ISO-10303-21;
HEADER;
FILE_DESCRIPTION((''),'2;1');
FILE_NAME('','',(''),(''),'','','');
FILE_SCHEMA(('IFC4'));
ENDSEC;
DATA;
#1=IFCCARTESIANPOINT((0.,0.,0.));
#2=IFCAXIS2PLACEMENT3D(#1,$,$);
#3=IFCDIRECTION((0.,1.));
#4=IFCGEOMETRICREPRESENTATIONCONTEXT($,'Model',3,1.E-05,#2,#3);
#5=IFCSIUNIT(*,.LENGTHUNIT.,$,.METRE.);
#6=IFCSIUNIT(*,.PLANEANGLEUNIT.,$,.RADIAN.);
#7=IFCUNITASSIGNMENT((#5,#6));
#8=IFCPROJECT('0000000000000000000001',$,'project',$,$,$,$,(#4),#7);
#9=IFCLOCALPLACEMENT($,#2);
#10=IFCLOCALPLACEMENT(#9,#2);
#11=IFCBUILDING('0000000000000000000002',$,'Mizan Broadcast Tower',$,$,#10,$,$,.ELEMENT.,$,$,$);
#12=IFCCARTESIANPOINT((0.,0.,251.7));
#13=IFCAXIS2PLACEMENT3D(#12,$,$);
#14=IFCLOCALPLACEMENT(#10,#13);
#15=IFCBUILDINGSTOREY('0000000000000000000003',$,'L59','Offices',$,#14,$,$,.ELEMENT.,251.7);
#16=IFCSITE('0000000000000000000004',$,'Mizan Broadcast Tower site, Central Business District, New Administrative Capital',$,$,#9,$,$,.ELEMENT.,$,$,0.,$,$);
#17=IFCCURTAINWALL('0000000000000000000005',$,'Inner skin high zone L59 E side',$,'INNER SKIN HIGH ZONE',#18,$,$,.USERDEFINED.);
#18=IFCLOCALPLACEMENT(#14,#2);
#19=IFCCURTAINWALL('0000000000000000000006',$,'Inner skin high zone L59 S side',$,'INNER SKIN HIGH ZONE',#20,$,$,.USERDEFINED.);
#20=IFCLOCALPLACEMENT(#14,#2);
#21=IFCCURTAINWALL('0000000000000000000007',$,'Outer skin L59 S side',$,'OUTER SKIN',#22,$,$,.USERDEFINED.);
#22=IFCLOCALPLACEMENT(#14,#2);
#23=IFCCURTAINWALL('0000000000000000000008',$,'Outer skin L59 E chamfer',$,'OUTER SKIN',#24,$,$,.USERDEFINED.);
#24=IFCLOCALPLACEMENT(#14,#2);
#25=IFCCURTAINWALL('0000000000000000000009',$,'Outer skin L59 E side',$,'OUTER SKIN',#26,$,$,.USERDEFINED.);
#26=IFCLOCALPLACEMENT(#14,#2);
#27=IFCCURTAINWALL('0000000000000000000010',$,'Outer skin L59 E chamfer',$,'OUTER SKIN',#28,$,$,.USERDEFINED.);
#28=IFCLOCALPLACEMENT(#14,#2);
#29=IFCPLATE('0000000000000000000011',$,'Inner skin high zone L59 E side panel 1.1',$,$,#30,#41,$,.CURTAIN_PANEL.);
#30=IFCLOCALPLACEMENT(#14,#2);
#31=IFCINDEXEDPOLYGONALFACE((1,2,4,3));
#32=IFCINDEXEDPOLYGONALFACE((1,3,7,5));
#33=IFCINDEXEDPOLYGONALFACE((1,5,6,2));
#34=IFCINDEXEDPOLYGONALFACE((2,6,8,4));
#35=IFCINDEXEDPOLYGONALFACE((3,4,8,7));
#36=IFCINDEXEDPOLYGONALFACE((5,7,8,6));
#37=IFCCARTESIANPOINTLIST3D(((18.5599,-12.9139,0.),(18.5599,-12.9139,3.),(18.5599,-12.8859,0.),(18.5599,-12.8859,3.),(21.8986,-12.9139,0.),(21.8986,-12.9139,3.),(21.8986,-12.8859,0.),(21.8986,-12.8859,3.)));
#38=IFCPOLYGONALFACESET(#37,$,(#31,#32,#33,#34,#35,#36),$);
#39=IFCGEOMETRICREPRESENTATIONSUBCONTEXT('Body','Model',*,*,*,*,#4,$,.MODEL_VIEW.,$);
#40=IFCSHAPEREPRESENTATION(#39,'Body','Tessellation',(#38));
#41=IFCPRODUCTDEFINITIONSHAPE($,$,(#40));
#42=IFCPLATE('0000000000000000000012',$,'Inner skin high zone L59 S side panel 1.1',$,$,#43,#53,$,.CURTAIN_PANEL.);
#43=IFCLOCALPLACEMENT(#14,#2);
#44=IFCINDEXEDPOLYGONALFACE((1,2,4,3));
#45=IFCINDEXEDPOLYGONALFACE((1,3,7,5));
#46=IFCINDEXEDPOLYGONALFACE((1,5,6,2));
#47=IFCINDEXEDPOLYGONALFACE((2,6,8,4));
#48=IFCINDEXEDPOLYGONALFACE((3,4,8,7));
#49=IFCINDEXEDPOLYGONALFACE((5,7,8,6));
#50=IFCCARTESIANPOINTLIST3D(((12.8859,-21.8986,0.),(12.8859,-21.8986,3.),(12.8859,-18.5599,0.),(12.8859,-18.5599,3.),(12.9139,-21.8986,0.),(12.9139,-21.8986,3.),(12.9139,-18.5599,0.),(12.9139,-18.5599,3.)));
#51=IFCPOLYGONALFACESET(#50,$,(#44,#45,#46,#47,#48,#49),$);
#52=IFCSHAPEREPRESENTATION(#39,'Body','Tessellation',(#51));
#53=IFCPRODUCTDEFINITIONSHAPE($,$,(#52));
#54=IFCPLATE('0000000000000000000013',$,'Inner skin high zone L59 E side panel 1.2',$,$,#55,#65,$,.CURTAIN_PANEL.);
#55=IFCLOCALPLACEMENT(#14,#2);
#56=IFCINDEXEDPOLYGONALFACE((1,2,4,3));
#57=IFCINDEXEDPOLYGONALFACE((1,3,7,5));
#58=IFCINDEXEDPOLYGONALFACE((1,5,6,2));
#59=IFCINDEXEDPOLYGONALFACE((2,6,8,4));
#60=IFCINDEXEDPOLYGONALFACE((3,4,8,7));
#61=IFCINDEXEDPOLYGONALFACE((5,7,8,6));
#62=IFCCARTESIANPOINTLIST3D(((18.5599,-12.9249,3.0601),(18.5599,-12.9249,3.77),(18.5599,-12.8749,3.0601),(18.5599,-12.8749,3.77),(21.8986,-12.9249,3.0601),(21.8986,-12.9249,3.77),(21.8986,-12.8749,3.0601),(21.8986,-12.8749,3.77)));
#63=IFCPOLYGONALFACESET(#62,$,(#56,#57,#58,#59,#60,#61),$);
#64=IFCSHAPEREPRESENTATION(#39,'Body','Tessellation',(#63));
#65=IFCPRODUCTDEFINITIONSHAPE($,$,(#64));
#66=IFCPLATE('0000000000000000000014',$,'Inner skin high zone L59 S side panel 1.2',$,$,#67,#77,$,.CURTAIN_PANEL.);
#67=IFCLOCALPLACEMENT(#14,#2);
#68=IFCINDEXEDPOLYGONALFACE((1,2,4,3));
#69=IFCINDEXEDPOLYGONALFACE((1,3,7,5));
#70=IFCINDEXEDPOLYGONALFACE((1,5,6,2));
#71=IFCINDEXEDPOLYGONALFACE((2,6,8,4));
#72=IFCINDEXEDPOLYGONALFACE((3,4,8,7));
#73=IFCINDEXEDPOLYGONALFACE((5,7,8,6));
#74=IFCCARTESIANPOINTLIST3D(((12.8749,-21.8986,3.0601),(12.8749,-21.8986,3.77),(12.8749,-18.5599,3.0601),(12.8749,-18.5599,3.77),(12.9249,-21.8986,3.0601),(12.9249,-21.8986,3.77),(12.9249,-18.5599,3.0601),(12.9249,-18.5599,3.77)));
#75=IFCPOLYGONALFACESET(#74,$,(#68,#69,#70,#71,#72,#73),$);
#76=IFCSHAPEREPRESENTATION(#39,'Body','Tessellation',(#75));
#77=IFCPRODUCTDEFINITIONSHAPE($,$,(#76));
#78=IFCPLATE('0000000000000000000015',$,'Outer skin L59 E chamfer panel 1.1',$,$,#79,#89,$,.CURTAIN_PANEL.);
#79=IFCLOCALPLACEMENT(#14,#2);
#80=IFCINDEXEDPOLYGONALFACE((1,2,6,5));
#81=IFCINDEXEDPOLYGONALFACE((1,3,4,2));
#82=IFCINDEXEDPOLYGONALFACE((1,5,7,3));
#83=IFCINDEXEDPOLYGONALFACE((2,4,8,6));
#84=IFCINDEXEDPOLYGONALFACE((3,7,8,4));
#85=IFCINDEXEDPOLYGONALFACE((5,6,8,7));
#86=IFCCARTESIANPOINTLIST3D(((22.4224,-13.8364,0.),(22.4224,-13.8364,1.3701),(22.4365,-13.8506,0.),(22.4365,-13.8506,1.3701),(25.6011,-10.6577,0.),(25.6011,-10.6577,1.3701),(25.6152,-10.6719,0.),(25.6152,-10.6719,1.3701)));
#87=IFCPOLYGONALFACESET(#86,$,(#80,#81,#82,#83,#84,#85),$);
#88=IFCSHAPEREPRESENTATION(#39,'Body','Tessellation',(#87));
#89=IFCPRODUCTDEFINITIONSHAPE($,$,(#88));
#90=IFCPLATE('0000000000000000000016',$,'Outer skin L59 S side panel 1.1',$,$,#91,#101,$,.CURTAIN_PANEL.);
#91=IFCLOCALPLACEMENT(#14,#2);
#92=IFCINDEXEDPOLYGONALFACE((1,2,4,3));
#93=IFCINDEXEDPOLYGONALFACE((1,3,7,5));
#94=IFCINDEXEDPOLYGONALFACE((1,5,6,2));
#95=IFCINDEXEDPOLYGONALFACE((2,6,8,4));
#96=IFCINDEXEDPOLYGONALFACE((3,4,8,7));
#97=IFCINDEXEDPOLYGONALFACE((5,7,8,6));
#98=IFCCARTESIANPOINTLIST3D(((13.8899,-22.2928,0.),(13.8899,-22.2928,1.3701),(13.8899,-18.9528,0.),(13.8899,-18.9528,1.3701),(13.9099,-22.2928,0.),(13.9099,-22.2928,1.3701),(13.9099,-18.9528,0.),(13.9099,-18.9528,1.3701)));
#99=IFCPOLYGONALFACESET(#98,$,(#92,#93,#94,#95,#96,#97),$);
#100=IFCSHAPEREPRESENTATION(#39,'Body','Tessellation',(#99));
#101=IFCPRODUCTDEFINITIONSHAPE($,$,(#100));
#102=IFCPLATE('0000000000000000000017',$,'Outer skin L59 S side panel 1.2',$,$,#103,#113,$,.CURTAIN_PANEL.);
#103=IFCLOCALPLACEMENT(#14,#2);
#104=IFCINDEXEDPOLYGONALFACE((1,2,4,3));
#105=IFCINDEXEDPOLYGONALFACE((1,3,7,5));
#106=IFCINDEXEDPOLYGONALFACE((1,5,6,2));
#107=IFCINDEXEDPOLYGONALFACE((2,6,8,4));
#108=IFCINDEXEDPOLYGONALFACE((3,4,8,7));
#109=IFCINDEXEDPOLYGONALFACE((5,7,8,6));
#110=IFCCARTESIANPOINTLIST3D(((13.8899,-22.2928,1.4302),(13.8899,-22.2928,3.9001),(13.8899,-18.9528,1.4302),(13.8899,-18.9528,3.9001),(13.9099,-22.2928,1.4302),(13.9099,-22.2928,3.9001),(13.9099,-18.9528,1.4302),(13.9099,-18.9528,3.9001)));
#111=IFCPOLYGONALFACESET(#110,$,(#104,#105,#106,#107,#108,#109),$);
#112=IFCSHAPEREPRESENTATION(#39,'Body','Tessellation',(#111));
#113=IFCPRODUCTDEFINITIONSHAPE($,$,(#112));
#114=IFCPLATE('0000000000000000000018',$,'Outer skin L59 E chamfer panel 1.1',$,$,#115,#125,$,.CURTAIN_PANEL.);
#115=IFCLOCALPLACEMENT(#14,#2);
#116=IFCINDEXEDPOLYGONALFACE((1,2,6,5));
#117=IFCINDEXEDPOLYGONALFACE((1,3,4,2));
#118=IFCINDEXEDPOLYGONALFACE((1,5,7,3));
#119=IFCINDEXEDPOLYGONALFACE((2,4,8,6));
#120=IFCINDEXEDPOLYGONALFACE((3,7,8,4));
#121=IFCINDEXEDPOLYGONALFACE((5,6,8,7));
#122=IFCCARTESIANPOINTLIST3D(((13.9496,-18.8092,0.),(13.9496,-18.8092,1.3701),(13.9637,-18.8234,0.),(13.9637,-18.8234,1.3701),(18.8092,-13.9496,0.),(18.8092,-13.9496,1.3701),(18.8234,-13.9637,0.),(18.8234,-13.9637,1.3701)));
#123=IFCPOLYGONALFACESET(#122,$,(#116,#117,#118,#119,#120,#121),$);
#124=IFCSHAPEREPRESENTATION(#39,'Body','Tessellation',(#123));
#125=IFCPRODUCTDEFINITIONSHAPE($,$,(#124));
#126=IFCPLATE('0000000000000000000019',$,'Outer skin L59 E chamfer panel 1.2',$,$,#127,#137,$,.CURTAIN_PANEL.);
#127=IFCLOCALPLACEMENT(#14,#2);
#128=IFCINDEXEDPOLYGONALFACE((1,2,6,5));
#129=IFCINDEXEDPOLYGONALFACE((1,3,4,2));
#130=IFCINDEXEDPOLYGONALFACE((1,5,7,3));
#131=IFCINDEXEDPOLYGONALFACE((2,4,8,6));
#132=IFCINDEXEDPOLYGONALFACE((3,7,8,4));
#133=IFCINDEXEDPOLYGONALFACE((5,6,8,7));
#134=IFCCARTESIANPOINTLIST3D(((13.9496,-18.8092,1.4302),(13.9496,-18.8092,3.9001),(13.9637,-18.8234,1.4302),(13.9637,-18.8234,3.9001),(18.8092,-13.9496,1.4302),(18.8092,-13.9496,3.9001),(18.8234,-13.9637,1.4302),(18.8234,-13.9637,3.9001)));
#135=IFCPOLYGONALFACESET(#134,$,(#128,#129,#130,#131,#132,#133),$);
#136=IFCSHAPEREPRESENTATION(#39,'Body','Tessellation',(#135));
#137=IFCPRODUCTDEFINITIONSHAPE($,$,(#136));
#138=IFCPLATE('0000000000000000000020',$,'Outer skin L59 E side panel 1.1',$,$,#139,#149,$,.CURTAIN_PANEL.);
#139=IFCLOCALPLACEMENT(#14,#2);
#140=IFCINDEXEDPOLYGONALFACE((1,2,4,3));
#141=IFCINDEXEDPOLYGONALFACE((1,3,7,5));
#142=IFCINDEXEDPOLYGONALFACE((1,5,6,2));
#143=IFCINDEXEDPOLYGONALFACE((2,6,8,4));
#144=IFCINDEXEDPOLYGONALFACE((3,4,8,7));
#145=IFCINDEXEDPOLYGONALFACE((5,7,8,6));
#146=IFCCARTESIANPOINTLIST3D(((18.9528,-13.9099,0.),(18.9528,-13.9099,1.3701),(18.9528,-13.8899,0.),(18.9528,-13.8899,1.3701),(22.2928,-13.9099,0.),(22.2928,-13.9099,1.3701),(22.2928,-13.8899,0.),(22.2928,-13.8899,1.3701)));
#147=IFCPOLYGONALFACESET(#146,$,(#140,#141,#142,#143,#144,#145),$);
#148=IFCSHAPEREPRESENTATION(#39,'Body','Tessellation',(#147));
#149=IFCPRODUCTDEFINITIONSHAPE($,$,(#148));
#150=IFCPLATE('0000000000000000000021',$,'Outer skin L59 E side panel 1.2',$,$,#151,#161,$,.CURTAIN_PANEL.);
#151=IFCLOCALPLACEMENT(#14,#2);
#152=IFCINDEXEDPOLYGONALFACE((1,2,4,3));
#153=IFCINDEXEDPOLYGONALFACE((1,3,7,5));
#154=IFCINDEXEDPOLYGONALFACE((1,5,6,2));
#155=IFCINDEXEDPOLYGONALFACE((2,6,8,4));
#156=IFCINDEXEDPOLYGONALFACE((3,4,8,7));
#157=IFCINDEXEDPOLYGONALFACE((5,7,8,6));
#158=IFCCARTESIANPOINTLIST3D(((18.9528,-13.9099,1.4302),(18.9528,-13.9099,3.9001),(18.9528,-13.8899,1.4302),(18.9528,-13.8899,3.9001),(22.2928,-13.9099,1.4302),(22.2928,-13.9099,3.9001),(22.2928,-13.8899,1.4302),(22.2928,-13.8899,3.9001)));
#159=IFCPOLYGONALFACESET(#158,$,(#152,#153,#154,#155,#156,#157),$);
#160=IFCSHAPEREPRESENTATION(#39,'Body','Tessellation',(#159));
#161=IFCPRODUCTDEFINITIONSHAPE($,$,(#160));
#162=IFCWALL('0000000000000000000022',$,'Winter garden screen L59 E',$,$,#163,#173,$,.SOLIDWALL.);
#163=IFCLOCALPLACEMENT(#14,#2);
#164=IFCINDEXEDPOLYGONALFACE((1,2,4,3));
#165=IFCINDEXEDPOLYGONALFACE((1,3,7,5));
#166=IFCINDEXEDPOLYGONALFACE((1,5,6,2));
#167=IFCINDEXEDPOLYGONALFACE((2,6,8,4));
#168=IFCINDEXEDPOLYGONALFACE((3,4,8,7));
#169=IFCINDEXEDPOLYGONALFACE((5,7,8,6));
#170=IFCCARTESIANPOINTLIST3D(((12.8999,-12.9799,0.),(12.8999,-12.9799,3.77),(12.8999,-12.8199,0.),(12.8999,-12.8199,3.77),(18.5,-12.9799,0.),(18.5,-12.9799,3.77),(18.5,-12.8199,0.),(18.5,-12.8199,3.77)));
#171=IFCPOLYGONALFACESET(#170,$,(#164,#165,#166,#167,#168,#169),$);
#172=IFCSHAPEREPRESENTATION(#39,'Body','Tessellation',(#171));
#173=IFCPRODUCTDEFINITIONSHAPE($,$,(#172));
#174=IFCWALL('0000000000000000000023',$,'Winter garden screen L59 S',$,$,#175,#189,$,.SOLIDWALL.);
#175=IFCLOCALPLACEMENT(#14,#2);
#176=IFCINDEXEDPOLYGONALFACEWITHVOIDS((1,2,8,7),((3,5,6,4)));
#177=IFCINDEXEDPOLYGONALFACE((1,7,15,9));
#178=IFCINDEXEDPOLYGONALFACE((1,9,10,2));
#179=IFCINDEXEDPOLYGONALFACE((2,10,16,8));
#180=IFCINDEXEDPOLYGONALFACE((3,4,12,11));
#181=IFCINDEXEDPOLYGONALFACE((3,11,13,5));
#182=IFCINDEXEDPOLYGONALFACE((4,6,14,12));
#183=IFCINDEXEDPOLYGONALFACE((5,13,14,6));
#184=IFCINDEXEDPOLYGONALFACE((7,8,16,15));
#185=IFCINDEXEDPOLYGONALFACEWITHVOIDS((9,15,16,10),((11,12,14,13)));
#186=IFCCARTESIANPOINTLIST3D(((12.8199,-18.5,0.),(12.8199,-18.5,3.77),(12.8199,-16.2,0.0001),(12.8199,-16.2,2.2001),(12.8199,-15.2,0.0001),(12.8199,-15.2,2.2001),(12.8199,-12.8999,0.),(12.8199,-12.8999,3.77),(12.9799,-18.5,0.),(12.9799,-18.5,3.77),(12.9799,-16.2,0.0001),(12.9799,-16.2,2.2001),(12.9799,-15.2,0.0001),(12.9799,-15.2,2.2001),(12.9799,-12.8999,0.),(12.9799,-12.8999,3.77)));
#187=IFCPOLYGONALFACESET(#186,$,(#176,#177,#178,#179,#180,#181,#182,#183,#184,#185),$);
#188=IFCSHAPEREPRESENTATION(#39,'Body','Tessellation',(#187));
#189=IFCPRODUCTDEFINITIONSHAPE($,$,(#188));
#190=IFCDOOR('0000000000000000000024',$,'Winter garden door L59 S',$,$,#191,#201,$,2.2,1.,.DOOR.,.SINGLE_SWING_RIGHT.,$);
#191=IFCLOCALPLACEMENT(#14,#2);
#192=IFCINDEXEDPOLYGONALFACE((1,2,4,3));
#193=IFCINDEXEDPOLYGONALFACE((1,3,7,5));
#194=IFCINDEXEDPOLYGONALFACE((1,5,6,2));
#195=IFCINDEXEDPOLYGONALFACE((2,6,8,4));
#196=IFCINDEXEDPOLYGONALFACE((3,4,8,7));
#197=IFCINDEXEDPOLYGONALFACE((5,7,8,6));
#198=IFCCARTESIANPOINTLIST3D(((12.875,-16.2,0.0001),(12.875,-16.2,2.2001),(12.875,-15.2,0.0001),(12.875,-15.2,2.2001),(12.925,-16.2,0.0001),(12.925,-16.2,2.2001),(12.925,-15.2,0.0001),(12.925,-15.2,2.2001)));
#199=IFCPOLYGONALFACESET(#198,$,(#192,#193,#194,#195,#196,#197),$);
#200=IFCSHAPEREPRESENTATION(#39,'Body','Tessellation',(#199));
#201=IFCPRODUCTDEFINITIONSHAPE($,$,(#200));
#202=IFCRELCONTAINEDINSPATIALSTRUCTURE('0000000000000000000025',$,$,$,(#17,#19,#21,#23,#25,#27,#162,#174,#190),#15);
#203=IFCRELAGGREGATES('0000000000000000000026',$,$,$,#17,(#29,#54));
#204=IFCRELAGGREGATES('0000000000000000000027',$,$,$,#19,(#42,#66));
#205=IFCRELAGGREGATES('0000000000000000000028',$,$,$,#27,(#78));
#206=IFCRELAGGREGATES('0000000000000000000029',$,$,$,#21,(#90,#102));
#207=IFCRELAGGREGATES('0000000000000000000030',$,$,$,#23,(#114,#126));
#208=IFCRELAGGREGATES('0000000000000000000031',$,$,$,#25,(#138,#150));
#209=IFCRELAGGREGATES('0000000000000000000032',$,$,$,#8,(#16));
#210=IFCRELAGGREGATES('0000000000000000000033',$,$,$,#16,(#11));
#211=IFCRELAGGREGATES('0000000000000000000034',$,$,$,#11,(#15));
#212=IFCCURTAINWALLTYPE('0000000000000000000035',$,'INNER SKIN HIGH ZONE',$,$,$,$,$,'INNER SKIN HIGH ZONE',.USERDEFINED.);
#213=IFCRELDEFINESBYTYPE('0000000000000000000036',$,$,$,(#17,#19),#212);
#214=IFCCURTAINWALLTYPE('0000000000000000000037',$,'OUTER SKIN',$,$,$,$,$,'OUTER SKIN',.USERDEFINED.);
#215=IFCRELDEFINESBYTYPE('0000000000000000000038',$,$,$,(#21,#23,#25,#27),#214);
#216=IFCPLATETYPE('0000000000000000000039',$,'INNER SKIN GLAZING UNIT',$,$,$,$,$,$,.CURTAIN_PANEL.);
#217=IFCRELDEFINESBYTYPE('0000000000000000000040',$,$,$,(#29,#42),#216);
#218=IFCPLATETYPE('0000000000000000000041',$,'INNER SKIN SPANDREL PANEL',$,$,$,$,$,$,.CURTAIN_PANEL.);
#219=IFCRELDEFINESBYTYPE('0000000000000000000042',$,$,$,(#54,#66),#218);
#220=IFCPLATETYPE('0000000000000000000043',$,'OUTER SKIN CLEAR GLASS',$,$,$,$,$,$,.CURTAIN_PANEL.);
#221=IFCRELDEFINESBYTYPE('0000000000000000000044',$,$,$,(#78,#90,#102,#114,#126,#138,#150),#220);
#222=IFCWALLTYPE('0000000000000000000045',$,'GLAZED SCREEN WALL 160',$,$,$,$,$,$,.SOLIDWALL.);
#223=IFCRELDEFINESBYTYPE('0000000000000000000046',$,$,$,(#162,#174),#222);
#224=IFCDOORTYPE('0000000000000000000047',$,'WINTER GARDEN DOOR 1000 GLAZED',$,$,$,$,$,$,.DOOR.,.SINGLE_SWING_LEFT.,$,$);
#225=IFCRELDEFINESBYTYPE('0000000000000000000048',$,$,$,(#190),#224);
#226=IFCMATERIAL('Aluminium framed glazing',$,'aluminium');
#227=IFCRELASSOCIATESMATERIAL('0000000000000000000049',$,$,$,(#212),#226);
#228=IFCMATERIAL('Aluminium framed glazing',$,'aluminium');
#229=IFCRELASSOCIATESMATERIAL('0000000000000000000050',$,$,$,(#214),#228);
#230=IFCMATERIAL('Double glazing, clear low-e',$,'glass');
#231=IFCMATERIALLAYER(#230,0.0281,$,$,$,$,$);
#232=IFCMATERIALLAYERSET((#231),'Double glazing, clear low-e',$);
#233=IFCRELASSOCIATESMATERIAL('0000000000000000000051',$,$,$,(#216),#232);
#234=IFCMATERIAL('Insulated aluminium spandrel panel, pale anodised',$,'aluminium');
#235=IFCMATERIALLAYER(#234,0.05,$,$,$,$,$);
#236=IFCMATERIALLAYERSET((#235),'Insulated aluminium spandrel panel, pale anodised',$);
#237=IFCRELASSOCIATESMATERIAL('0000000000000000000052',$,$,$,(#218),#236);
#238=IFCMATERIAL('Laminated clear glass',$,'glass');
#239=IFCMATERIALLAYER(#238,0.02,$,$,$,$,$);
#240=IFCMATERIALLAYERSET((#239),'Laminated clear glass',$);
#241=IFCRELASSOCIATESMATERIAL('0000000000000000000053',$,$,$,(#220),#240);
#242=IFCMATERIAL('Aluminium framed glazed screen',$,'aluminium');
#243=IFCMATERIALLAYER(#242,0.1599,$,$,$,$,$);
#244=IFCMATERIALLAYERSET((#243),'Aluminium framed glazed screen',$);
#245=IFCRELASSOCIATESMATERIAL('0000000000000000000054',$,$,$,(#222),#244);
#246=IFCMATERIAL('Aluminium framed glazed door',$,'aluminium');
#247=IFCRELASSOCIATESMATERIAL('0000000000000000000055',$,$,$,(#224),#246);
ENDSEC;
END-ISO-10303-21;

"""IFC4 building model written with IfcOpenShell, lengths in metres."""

from ifc_helpers import new_model, si_unit, direction, frame, frame_2d, origin, origin_2d, place, context, subcontext, project, spatial, rectangle, extrude, material, layer, layer_set, type_object, element, fill, aggregate, save


model = new_model("IFC4")

# Units and contexts
model_context = context("Model", 3, precision=1e-05, world=origin(), true_north=direction((0.0, 1.0)))
body_context = subcontext(model_context, "Body", "Model", "MODEL_VIEW")
ifc_project = project(units=[si_unit("LENGTHUNIT", "METRE"), si_unit("PLANEANGLEUNIT", "RADIAN")], contexts=[model_context])

# Site, building, storey
site_placement = place(None, origin())
site = spatial("IfcSite", under=ifc_project, at=site_placement, Name="Mizan Broadcast Tower site, Central Business District, New Administrative Capital", CompositionType="ELEMENT", RefElevation=0.0)
building_placement = place(site_placement, origin())
building = spatial("IfcBuilding", under=site, at=building_placement, Name="Mizan Broadcast Tower", CompositionType="ELEMENT")
storey_placement = place(building_placement, frame((0.0, 0.0, 251.7)))
storey = spatial("IfcBuildingStorey", under=building, at=storey_placement, Name="L59", Description="Offices", CompositionType="ELEMENT", Elevation=251.7)

# Curtain walls
ifc_material_1 = material(Name="Aluminium framed glazing", Category="aluminium")
curtain_wall_type_1 = type_object("IfcCurtainWallType", Name="INNER SKIN HIGH ZONE", ElementType="INNER SKIN HIGH ZONE", PredefinedType="USERDEFINED", material=ifc_material_1)
curtain_wall_1_placement = place(storey_placement, origin())
curtain_wall_1 = element("IfcCurtainWall", 1, at=curtain_wall_1_placement, inside=storey, type_object=curtain_wall_type_1, Name="Inner skin high zone L59 E side", ObjectType="INNER SKIN HIGH ZONE", PredefinedType="USERDEFINED")
curtain_wall_2_placement = place(storey_placement, origin())
curtain_wall_2 = element("IfcCurtainWall", 2, at=curtain_wall_2_placement, inside=storey, type_object=curtain_wall_type_1, Name="Inner skin high zone L59 S side", ObjectType="INNER SKIN HIGH ZONE", PredefinedType="USERDEFINED")

# Curtain walls
ifc_material_2 = material(Name="Aluminium framed glazing", Category="aluminium")
curtain_wall_type_2 = type_object("IfcCurtainWallType", Name="OUTER SKIN", ElementType="OUTER SKIN", PredefinedType="USERDEFINED", material=ifc_material_2)
curtain_wall_3_placement = place(storey_placement, origin())
curtain_wall_3 = element("IfcCurtainWall", 3, at=curtain_wall_3_placement, inside=storey, type_object=curtain_wall_type_2, Name="Outer skin L59 S side", ObjectType="OUTER SKIN", PredefinedType="USERDEFINED")
curtain_wall_4_placement = place(storey_placement, origin())
curtain_wall_4 = element("IfcCurtainWall", 4, at=curtain_wall_4_placement, inside=storey, type_object=curtain_wall_type_2, Name="Outer skin L59 E chamfer", ObjectType="OUTER SKIN", PredefinedType="USERDEFINED")
curtain_wall_5_placement = place(storey_placement, origin())
curtain_wall_5 = element("IfcCurtainWall", 5, at=curtain_wall_5_placement, inside=storey, type_object=curtain_wall_type_2, Name="Outer skin L59 E side", ObjectType="OUTER SKIN", PredefinedType="USERDEFINED")
curtain_wall_6_placement = place(storey_placement, origin())
curtain_wall_6 = element("IfcCurtainWall", 6, at=curtain_wall_6_placement, inside=storey, type_object=curtain_wall_type_2, Name="Outer skin L59 E chamfer", ObjectType="OUTER SKIN", PredefinedType="USERDEFINED")

# Plates
ifc_material_3 = material(Name="Double glazing, clear low-e", Category="glass")
ifc_layer_1 = layer(ifc_material_3, 0.0281)
ifc_layer_set_1 = layer_set([ifc_layer_1], Name="Double glazing, clear low-e")
plate_type_1 = type_object("IfcPlateType", Name="INNER SKIN GLAZING UNIT", PredefinedType="CURTAIN_PANEL", material=ifc_layer_set_1)
plate_1_placement = place(storey_placement, frame((20.2292, -12.8999, 0.0), z_axis=(0.0, 0.0, 1.0), x_axis=(1.0, 0.0, 0.0)))
plate_1 = element("IfcPlate", 7, at=plate_1_placement, type_object=plate_type_1, Name="Inner skin high zone L59 E side panel 1.1", PredefinedType="CURTAIN_PANEL", context=body_context, shape_type="SweptSolid", body=[
    extrude(rectangle(XDim=3.3386, YDim=0.0281, at=origin_2d()), origin(), (0.0, 0.0, 1.0), 3.0),
])
plate_2_placement = place(storey_placement, frame((12.8999, -20.2292, 0.0), z_axis=(0.0, 0.0, 1.0), x_axis=(0.0, 1.0, 0.0)))
plate_2 = element("IfcPlate", 8, at=plate_2_placement, type_object=plate_type_1, Name="Inner skin high zone L59 S side panel 1.1", PredefinedType="CURTAIN_PANEL", context=body_context, shape_type="SweptSolid", body=[
    extrude(rectangle(XDim=3.3386, YDim=0.0281, at=origin_2d()), origin(), (0.0, 0.0, 1.0), 3.0),
])
ifc_material_4 = material(Name="Insulated aluminium spandrel panel, pale anodised", Category="aluminium")
ifc_layer_2 = layer(ifc_material_4, 0.05)
ifc_layer_set_2 = layer_set([ifc_layer_2], Name="Insulated aluminium spandrel panel, pale anodised")
plate_type_2 = type_object("IfcPlateType", Name="INNER SKIN SPANDREL PANEL", PredefinedType="CURTAIN_PANEL", material=ifc_layer_set_2)
plate_3_placement = place(storey_placement, frame((20.2292, -12.8999, 3.0601), z_axis=(0.0, 0.0, 1.0), x_axis=(1.0, 0.0, 0.0)))
plate_3 = element("IfcPlate", 9, at=plate_3_placement, type_object=plate_type_2, Name="Inner skin high zone L59 E side panel 1.2", PredefinedType="CURTAIN_PANEL", context=body_context, shape_type="SweptSolid", body=[
    extrude(rectangle(XDim=3.3386, YDim=0.05, at=origin_2d()), origin(), (0.0, 0.0, 1.0), 0.71),
])
aggregate(curtain_wall_1, [plate_1, plate_3])
plate_4_placement = place(storey_placement, frame((12.8999, -20.2292, 3.0601), z_axis=(0.0, 0.0, 1.0), x_axis=(0.0, 1.0, 0.0)))
plate_4 = element("IfcPlate", 10, at=plate_4_placement, type_object=plate_type_2, Name="Inner skin high zone L59 S side panel 1.2", PredefinedType="CURTAIN_PANEL", context=body_context, shape_type="SweptSolid", body=[
    extrude(rectangle(XDim=3.3386, YDim=0.05, at=origin_2d()), origin(), (0.0, 0.0, 1.0), 0.71),
])
aggregate(curtain_wall_2, [plate_2, plate_4])
ifc_material_5 = material(Name="Laminated clear glass", Category="glass")
ifc_layer_3 = layer(ifc_material_5, 0.02)
ifc_layer_set_3 = layer_set([ifc_layer_3], Name="Laminated clear glass")
plate_type_3 = type_object("IfcPlateType", Name="OUTER SKIN CLEAR GLASS", PredefinedType="CURTAIN_PANEL", material=ifc_layer_set_3)
plate_5_placement = place(storey_placement, frame((24.0188, -12.2542, 0.0), z_axis=(0.0, 0.0, 1.0), x_axis=(0.707107, 0.707107, 0.0)))
plate_5 = element("IfcPlate", 11, at=plate_5_placement, type_object=plate_type_3, Name="Outer skin L59 E chamfer panel 1.1", PredefinedType="CURTAIN_PANEL", context=body_context, shape_type="SweptSolid", body=[
    extrude(rectangle(XDim=4.4954, YDim=0.02, at=origin_2d()), origin(), (0.0, 0.0, 1.0), 1.3701),
])
aggregate(curtain_wall_6, [plate_5])
plate_6_placement = place(storey_placement, frame((13.8999, -20.6228, 0.0), z_axis=(0.0, 0.0, 1.0), x_axis=(0.0, 1.0, 0.0)))
plate_6 = element("IfcPlate", 12, at=plate_6_placement, type_object=plate_type_3, Name="Outer skin L59 S side panel 1.1", PredefinedType="CURTAIN_PANEL", context=body_context, shape_type="SweptSolid", body=[
    extrude(rectangle(XDim=3.3401, YDim=0.02, at=origin_2d()), origin(), (0.0, 0.0, 1.0), 1.3701),
])
plate_7_placement = place(storey_placement, frame((13.8999, -20.6228, 1.4302), z_axis=(0.0, 0.0, 1.0), x_axis=(0.0, 1.0, 0.0)))
plate_7 = element("IfcPlate", 13, at=plate_7_placement, type_object=plate_type_3, Name="Outer skin L59 S side panel 1.2", PredefinedType="CURTAIN_PANEL", context=body_context, shape_type="SweptSolid", body=[
    extrude(rectangle(XDim=3.3401, YDim=0.02, at=origin_2d()), origin(), (0.0, 0.0, 1.0), 2.47),
])
aggregate(curtain_wall_3, [plate_6, plate_7])
plate_8_placement = place(storey_placement, frame((16.3865, -16.3865, 0.0), z_axis=(0.0, 0.0, 1.0), x_axis=(0.707107, 0.707107, 0.0)))
plate_8 = element("IfcPlate", 14, at=plate_8_placement, type_object=plate_type_3, Name="Outer skin L59 E chamfer panel 1.1", PredefinedType="CURTAIN_PANEL", context=body_context, shape_type="SweptSolid", body=[
    extrude(rectangle(XDim=6.8726, YDim=0.02, at=origin_2d()), origin(), (0.0, 0.0, 1.0), 1.3701),
])
plate_9_placement = place(storey_placement, frame((16.3865, -16.3865, 1.4302), z_axis=(0.0, 0.0, 1.0), x_axis=(0.707107, 0.707107, 0.0)))
plate_9 = element("IfcPlate", 15, at=plate_9_placement, type_object=plate_type_3, Name="Outer skin L59 E chamfer panel 1.2", PredefinedType="CURTAIN_PANEL", context=body_context, shape_type="SweptSolid", body=[
    extrude(rectangle(XDim=6.8726, YDim=0.02, at=origin_2d()), origin(), (0.0, 0.0, 1.0), 2.47),
])
aggregate(curtain_wall_4, [plate_8, plate_9])
plate_10_placement = place(storey_placement, frame((20.6228, -13.8999, 0.0), z_axis=(0.0, 0.0, 1.0), x_axis=(1.0, 0.0, 0.0)))
plate_10 = element("IfcPlate", 16, at=plate_10_placement, type_object=plate_type_3, Name="Outer skin L59 E side panel 1.1", PredefinedType="CURTAIN_PANEL", context=body_context, shape_type="SweptSolid", body=[
    extrude(rectangle(XDim=3.3401, YDim=0.02, at=origin_2d()), origin(), (0.0, 0.0, 1.0), 1.3701),
])
plate_11_placement = place(storey_placement, frame((20.6228, -13.8999, 1.4302), z_axis=(0.0, 0.0, 1.0), x_axis=(1.0, 0.0, 0.0)))
plate_11 = element("IfcPlate", 17, at=plate_11_placement, type_object=plate_type_3, Name="Outer skin L59 E side panel 1.2", PredefinedType="CURTAIN_PANEL", context=body_context, shape_type="SweptSolid", body=[
    extrude(rectangle(XDim=3.3401, YDim=0.02, at=origin_2d()), origin(), (0.0, 0.0, 1.0), 2.47),
])
aggregate(curtain_wall_5, [plate_10, plate_11])

# Wall
ifc_material_6 = material(Name="Aluminium framed glazed screen", Category="aluminium")
ifc_layer_4 = layer(ifc_material_6, 0.1599)
ifc_layer_set_4 = layer_set([ifc_layer_4], Name="Aluminium framed glazed screen")
wall_type = type_object("IfcWallType", Name="GLAZED SCREEN WALL 160", PredefinedType="SOLIDWALL", material=ifc_layer_set_4)
wall_1_placement = place(storey_placement, frame((12.8999, -12.8999, 0.0), z_axis=(0.0, 0.0, 1.0), x_axis=(1.0, 0.0, 0.0)))
element("IfcWall", 18, at=wall_1_placement, inside=storey, type_object=wall_type, Name="Winter garden screen L59 E", PredefinedType="SOLIDWALL", context=body_context, shape_type="SweptSolid", body=[
    extrude(rectangle(XDim=5.6001, YDim=0.1599, at=frame_2d((2.8, 0.0))), origin(), (0.0, 0.0, 1.0), 3.77),
])

# Wall, opening, door
wall_2_placement = place(storey_placement, frame((12.8999, -18.5, 0.0), z_axis=(0.0, 0.0, 1.0), x_axis=(0.0, 1.0, 0.0)))
wall_2 = element("IfcWall", 19, at=wall_2_placement, inside=storey, type_object=wall_type, Name="Winter garden screen L59 S", PredefinedType="SOLIDWALL", context=body_context, shape_type="SweptSolid", body=[
    extrude(rectangle(XDim=5.6001, YDim=0.1599, at=frame_2d((2.8, 0.0))), origin(), (0.0, 0.0, 1.0), 3.77),
])
opening_placement = place(wall_2_placement, frame((2.3, 0.0, 0.0)))
opening = element("IfcOpeningElement", 20, at=opening_placement, cuts=wall_2, PredefinedType="OPENING", context=body_context, shape_type="SweptSolid", body=[
    extrude(rectangle(XDim=1.0, YDim=2.2, at=frame_2d((0.5, 1.1001))), frame((0.0, 0.0898, 0.0), z_axis=(0.0, -1.0, 0.0), x_axis=(1.0, 0.0, 0.0)), (0.0, 0.0, 1.0), 0.1799),
])
ifc_material_7 = material(Name="Aluminium framed glazed door", Category="aluminium")
door_type = type_object("IfcDoorType", Name="WINTER GARDEN DOOR 1000 GLAZED", OperationType="SINGLE_SWING_LEFT", PredefinedType="DOOR", material=ifc_material_7)
door_placement = place(opening_placement, origin())
door = element("IfcDoor", 21, at=door_placement, inside=storey, type_object=door_type, Name="Winter garden door L59 S", OperationType="SINGLE_SWING_RIGHT", OverallHeight=2.2, OverallWidth=1.0, PredefinedType="DOOR", context=body_context, shape_type="SweptSolid", body=[
    extrude(rectangle(XDim=1.0, YDim=2.2, at=frame_2d((0.5, 1.1001))), frame((0.0, 0.0249, 0.0), z_axis=(0.0, -1.0, 0.0), x_axis=(1.0, 0.0, 0.0)), (0.0, 0.0, 1.0), 0.05),
])
fill(opening, door)

save(model, "model.ifc")
